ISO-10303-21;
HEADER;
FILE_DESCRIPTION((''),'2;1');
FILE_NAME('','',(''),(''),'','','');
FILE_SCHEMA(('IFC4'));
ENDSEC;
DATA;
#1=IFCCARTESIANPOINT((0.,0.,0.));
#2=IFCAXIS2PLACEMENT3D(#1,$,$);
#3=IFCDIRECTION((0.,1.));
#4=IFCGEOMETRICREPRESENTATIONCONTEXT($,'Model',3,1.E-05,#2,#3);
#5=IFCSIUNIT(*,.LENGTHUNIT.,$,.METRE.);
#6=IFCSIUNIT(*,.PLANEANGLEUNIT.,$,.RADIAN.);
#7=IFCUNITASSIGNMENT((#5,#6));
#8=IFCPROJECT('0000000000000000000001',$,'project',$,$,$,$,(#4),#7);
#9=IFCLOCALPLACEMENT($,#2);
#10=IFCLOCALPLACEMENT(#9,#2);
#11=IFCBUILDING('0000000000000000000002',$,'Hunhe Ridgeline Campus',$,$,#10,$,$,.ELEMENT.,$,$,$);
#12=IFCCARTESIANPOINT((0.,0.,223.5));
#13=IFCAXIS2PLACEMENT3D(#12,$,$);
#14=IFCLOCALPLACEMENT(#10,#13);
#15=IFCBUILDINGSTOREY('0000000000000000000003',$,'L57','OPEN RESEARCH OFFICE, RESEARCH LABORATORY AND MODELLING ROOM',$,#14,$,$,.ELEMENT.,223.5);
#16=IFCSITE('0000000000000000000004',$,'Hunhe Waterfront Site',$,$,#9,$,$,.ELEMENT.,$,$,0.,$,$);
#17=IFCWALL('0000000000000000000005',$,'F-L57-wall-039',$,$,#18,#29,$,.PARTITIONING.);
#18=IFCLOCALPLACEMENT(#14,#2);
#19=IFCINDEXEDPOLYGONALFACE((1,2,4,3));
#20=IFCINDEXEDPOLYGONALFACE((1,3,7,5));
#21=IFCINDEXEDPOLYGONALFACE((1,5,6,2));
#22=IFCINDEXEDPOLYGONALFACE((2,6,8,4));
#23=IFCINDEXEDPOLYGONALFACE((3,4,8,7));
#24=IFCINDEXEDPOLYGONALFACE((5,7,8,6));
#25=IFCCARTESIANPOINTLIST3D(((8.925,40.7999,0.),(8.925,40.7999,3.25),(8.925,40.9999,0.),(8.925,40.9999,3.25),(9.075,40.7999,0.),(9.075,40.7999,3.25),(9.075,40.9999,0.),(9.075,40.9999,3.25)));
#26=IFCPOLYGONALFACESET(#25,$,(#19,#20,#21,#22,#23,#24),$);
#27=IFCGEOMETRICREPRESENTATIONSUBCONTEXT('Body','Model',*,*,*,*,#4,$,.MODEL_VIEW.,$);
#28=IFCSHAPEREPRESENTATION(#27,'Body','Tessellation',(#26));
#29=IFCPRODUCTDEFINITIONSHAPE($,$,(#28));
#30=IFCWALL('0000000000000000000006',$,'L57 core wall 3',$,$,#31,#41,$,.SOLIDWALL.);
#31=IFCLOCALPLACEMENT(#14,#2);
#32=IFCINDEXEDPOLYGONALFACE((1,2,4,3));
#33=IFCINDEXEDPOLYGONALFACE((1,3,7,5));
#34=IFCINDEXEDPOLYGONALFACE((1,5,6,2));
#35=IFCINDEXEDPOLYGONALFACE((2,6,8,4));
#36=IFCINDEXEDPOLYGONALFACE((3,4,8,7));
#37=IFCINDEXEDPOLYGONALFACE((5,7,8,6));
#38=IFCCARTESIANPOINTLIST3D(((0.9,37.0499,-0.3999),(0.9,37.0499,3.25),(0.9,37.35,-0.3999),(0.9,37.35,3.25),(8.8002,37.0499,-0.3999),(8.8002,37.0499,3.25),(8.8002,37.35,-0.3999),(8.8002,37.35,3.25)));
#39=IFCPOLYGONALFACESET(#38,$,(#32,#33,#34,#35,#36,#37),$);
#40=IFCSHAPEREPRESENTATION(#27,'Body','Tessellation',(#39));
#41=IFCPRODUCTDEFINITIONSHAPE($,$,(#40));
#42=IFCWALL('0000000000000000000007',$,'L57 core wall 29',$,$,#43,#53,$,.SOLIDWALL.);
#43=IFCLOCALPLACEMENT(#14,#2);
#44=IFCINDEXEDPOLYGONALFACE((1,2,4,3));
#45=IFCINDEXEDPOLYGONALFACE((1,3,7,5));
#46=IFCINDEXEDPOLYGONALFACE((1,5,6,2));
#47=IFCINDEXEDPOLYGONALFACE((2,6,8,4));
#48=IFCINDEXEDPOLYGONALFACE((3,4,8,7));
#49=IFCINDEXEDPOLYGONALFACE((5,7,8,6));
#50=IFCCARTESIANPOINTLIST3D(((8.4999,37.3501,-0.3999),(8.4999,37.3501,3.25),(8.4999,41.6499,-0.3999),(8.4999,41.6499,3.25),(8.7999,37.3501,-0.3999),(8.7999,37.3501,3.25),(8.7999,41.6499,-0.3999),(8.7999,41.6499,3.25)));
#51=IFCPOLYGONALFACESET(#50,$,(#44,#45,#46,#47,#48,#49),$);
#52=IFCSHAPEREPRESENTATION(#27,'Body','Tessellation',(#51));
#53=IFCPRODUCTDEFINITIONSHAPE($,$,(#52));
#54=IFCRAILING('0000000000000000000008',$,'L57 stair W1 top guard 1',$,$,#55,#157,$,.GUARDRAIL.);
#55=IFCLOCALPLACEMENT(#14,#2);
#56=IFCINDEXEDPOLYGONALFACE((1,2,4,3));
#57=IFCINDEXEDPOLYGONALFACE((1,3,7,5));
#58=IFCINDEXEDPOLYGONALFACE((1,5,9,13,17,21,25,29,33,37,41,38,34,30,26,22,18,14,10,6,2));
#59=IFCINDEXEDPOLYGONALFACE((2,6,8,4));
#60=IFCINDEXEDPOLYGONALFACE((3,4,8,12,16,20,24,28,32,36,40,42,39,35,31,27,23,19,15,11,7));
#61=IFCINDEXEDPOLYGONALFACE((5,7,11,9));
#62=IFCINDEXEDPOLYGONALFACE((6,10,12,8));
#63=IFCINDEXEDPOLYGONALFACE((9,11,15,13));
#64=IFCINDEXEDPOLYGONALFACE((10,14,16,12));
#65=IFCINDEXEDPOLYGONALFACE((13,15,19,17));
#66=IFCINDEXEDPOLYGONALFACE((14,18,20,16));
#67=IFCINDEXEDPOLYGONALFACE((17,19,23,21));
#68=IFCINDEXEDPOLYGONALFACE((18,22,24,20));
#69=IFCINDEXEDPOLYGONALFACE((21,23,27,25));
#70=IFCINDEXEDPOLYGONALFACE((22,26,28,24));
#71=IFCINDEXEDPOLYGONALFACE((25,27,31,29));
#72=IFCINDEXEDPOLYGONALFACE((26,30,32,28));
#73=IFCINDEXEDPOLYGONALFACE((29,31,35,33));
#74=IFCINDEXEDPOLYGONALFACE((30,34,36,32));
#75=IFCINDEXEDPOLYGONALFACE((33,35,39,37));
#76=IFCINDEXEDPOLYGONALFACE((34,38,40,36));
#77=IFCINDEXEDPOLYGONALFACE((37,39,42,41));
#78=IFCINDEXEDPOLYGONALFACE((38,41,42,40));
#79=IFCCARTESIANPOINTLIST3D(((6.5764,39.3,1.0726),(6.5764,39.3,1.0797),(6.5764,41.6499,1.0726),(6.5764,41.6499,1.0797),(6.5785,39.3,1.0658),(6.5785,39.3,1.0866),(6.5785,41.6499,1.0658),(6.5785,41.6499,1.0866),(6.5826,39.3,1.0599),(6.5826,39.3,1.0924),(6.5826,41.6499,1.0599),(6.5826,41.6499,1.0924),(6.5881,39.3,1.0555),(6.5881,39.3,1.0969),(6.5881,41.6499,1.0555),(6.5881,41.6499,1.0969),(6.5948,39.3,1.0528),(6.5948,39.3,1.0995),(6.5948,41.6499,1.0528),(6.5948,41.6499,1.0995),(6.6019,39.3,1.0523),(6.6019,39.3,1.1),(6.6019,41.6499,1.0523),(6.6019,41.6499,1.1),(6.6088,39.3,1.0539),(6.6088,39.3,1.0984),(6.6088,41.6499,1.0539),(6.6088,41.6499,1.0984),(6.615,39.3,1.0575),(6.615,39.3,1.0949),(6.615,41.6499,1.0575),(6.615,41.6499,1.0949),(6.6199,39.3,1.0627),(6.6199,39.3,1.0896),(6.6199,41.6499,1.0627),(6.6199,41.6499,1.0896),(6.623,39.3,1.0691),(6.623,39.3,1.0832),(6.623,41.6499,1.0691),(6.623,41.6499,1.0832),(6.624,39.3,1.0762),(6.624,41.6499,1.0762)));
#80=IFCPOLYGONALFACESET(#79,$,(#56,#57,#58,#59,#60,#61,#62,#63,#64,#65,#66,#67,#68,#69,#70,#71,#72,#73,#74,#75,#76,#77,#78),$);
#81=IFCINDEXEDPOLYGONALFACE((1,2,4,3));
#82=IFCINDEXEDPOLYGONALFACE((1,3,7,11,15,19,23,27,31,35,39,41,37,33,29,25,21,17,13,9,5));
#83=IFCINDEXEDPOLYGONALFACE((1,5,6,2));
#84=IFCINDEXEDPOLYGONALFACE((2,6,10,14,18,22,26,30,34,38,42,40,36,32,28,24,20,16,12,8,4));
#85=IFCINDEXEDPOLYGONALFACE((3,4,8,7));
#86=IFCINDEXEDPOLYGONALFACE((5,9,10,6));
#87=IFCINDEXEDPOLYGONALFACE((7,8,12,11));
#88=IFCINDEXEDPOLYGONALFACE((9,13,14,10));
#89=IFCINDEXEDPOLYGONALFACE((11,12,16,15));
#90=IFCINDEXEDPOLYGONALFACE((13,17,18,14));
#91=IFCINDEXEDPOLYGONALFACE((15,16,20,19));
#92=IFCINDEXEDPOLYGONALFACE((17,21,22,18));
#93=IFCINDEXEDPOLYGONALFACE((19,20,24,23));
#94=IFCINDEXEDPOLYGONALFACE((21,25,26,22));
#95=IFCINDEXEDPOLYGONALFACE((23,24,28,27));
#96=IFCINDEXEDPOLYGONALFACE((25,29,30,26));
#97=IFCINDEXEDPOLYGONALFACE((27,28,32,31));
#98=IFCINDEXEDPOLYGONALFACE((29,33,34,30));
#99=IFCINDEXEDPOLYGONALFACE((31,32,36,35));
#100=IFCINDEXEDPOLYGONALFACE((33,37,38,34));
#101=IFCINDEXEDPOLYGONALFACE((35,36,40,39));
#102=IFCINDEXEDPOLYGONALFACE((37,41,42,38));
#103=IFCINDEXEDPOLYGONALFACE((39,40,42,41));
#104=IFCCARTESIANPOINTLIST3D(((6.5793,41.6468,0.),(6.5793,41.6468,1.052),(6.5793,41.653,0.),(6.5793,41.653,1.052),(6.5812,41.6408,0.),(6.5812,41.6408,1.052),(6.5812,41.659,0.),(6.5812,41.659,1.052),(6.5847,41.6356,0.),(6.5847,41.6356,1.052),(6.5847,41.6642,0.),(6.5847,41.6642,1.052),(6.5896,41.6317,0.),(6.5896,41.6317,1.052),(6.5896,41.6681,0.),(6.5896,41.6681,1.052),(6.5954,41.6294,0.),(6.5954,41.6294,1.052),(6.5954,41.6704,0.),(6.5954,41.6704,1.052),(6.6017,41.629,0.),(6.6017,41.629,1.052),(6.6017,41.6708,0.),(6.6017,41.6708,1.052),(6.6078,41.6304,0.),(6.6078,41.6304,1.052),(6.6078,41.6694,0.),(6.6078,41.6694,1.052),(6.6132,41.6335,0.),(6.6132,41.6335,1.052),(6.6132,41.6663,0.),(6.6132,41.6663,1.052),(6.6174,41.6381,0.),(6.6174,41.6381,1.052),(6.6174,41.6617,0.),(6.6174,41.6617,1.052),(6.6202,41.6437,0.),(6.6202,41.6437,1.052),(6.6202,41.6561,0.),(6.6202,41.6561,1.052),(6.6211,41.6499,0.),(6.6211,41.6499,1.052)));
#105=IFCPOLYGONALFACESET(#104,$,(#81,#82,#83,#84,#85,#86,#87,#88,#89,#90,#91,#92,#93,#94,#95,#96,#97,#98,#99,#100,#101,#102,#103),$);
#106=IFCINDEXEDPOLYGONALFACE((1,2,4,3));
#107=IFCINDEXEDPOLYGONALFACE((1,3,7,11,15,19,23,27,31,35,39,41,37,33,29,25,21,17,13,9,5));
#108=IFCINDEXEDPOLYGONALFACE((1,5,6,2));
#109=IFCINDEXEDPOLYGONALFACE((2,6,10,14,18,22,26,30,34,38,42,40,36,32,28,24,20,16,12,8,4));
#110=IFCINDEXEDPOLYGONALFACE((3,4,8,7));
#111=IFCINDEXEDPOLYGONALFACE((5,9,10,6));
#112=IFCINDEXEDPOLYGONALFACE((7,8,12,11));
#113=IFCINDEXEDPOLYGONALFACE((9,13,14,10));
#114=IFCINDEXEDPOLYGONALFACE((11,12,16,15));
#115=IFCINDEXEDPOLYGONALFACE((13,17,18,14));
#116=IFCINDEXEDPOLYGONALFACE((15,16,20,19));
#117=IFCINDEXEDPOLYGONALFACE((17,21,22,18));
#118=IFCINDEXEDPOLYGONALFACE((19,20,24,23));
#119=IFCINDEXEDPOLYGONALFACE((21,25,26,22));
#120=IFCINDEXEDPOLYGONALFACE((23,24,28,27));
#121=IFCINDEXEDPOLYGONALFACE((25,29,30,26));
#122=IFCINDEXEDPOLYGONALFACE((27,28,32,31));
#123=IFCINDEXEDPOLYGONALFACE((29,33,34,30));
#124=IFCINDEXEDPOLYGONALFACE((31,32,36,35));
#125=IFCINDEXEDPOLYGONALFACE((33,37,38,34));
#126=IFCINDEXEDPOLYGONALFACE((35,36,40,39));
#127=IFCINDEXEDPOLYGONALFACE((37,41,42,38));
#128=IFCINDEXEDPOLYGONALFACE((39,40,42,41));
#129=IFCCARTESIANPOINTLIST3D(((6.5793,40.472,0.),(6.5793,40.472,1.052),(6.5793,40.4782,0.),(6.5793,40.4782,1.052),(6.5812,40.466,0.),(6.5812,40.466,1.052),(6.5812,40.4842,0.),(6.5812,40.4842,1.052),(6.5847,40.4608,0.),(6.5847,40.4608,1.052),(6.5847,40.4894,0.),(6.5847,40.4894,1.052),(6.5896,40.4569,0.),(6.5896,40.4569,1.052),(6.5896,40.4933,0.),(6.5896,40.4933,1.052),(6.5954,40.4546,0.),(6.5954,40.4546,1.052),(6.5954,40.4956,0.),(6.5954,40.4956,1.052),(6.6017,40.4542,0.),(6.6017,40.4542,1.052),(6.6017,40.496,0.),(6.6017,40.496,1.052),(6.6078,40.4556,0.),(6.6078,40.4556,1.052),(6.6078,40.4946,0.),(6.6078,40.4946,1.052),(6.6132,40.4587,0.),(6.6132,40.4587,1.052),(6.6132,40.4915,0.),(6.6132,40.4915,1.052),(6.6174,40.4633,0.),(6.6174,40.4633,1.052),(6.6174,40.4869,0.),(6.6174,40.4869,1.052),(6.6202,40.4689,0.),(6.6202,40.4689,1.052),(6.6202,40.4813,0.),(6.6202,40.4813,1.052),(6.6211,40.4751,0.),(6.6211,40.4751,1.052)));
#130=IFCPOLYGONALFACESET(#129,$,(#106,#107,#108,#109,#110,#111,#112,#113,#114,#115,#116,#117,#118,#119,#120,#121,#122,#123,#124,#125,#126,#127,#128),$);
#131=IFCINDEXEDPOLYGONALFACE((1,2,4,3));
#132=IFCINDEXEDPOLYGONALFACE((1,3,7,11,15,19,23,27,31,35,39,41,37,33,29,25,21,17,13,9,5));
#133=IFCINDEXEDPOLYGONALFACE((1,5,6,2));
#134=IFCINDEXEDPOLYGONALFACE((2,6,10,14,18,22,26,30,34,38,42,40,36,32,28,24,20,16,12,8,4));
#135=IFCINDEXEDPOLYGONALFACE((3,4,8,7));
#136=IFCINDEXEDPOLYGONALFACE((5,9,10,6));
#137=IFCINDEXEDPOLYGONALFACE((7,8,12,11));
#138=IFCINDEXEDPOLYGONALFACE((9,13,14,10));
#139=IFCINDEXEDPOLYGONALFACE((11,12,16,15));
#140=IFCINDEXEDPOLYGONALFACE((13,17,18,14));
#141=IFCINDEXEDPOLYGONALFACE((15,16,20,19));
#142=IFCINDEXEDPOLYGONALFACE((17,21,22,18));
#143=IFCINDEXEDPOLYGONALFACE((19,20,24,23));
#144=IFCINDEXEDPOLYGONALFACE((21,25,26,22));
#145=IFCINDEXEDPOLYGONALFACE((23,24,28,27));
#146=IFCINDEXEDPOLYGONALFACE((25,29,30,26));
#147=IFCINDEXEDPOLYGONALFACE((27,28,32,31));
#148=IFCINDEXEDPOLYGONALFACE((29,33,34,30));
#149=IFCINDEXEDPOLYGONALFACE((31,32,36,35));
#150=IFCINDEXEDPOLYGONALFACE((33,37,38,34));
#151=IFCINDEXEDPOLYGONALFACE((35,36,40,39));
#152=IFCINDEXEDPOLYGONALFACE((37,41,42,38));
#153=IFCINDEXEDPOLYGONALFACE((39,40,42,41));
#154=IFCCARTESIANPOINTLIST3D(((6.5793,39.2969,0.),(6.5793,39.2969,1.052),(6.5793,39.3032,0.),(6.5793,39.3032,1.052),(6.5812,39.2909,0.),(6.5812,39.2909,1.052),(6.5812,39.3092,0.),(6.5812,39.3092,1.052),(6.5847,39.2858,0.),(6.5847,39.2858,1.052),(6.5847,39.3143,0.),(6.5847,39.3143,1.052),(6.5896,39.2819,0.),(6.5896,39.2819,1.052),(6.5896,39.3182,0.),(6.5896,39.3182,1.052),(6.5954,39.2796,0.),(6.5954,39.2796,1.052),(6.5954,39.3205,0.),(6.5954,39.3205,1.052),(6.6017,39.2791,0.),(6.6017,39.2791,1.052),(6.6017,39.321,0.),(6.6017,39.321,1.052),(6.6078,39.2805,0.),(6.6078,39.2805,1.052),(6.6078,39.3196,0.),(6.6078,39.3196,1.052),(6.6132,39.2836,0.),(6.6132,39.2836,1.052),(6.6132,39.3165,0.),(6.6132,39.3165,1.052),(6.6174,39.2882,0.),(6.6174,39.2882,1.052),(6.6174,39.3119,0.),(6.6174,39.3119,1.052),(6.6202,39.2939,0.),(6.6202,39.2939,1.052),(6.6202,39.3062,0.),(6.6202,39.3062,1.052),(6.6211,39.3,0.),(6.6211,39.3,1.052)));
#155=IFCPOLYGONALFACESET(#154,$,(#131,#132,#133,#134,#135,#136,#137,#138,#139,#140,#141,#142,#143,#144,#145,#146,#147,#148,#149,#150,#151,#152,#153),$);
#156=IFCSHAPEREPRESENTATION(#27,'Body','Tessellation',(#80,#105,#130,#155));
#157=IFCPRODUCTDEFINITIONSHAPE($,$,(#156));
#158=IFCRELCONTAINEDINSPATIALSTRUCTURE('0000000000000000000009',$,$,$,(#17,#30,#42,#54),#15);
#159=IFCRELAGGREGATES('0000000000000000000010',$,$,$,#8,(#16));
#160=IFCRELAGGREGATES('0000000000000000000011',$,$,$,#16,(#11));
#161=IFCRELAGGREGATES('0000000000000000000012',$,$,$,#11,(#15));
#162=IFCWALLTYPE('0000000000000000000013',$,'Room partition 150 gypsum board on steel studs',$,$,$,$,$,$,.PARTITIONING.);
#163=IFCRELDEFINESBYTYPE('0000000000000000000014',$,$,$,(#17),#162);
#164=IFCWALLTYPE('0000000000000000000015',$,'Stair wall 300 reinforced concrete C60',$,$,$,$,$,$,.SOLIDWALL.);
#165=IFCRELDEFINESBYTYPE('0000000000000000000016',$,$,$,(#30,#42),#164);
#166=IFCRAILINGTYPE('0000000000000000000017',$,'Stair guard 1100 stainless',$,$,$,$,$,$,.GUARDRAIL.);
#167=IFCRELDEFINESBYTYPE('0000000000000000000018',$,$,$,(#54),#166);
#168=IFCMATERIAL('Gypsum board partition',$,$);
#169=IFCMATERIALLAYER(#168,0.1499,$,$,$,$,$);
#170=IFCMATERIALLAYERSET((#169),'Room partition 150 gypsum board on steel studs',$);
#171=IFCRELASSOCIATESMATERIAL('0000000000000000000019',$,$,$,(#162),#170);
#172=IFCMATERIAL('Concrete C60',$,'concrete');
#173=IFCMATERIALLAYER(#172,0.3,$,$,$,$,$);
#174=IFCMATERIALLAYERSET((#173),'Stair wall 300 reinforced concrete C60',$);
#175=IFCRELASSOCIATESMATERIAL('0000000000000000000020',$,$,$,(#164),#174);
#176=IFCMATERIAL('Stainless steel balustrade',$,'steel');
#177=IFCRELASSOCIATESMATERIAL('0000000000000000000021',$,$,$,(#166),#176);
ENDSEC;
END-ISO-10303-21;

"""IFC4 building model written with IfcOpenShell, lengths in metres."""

from ifc_helpers import new_model, si_unit, direction, frame, frame_2d, origin, origin_2d, place, context, subcontext, project, spatial, rectangle, circle, extrude, material, layer, layer_set, type_object, element, save


model = new_model("IFC4")

# Units and contexts
model_context = context("Model", 3, precision=1e-05, world=origin(), true_north=direction((0.0, 1.0)))
body_context = subcontext(model_context, "Body", "Model", "MODEL_VIEW")
ifc_project = project(units=[si_unit("LENGTHUNIT", "METRE"), si_unit("PLANEANGLEUNIT", "RADIAN")], contexts=[model_context])

# Site, building, storey
site_placement = place(None, origin())
site = spatial("IfcSite", under=ifc_project, at=site_placement, Name="Hunhe Waterfront Site", CompositionType="ELEMENT", RefElevation=0.0)
building_placement = place(site_placement, origin())
building = spatial("IfcBuilding", under=site, at=building_placement, Name="Hunhe Ridgeline Campus", CompositionType="ELEMENT")
storey_placement = place(building_placement, frame((0.0, 0.0, 223.5)))
storey = spatial("IfcBuildingStorey", under=building, at=storey_placement, Name="L57", Description="OPEN RESEARCH OFFICE, RESEARCH LABORATORY AND MODELLING ROOM", CompositionType="ELEMENT", Elevation=223.5)

# Shared definitions
ifc_material_1 = material(Name="Concrete C60", Category="concrete")

# Shared definitions
ifc_material_2 = material(Name="Gypsum board partition")

# Walls
ifc_layer_1 = layer(ifc_material_2, 0.1499)
ifc_layer_set_1 = layer_set([ifc_layer_1], Name="Room partition 150 gypsum board on steel studs")
wall_type_1 = type_object("IfcWallType", Name="Room partition 150 gypsum board on steel studs", PredefinedType="PARTITIONING", material=ifc_layer_set_1)
wall_1_placement = place(storey_placement, frame((9.0, 41.0, 0.0), z_axis=(0.0, 0.0, 1.0), x_axis=(0.0, -1.0, 0.0)))
element("IfcWall", 1, at=wall_1_placement, inside=storey, type_object=wall_type_1, Name="F-L57-wall-039", PredefinedType="PARTITIONING", context=body_context, shape_type="SweptSolid", body=[
    extrude(rectangle(XDim=0.2, YDim=0.1499, at=frame_2d((0.1001, 0.0))), origin(), (0.0, 0.0, 1.0), 3.25),
])
ifc_layer_2 = layer(ifc_material_1, 0.3)
ifc_layer_set_2 = layer_set([ifc_layer_2], Name="Stair wall 300 reinforced concrete C60")
wall_type_2 = type_object("IfcWallType", Name="Stair wall 300 reinforced concrete C60", PredefinedType="SOLIDWALL", material=ifc_layer_set_2)
wall_2_placement = place(storey_placement, frame((0.8999, 37.2, -0.3999), z_axis=(0.0, 0.0, 1.0), x_axis=(1.0, 0.0, 0.0)))
element("IfcWall", 2, at=wall_2_placement, inside=storey, type_object=wall_type_2, Name="L57 core wall 3", PredefinedType="SOLIDWALL", context=body_context, shape_type="SweptSolid", body=[
    extrude(rectangle(XDim=7.9001, YDim=0.3, at=frame_2d((3.9502, 0.0))), origin(), (0.0, 0.0, 1.0), 3.6499),
])

# Wall
wall_3_placement = place(storey_placement, frame((8.6499, 37.3501, -0.3999), z_axis=(0.0, 0.0, 1.0), x_axis=(0.0, 1.0, 0.0)))
element("IfcWall", 3, at=wall_3_placement, inside=storey, type_object=wall_type_2, Name="L57 core wall 29", PredefinedType="SOLIDWALL", context=body_context, shape_type="SweptSolid", body=[
    extrude(rectangle(XDim=4.2998, YDim=0.3, at=frame_2d((2.1499, 0.0))), origin(), (0.0, 0.0, 1.0), 3.6499),
])

# Railing
ifc_material_3 = material(Name="Stainless steel balustrade", Category="steel")
railing_type_1 = type_object("IfcRailingType", Name="Stair guard 1100 stainless", PredefinedType="GUARDRAIL", material=ifc_material_3)
railing_1_placement = place(storey_placement, frame((6.6001, 41.6499, 0.0)))
element("IfcRailing", 4, at=railing_1_placement, inside=storey, type_object=railing_type_1, Name="L57 stair W1 top guard 1", PredefinedType="GUARDRAIL", context=body_context, shape_type="SweptSolid", body=[
    extrude(circle(Radius=0.0239, at=origin_2d()), frame((0.0, 0.0, 1.0762), z_axis=(0.0, -1.0, 0.0), x_axis=(1.0, 0.0, 0.0)), (0.0, 0.0, 1.0), 2.3499),
    extrude(circle(Radius=0.021, at=origin_2d()), origin(), (0.0, 0.0, 1.0), 1.052),
    extrude(circle(Radius=0.021, at=origin_2d()), frame((0.0, -1.1748, 0.0)), (0.0, 0.0, 1.0), 1.052),
    extrude(circle(Radius=0.021, at=origin_2d()), frame((0.0, -2.3499, 0.0)), (0.0, 0.0, 1.0), 1.052),
])

save(model, "model.ifc")
